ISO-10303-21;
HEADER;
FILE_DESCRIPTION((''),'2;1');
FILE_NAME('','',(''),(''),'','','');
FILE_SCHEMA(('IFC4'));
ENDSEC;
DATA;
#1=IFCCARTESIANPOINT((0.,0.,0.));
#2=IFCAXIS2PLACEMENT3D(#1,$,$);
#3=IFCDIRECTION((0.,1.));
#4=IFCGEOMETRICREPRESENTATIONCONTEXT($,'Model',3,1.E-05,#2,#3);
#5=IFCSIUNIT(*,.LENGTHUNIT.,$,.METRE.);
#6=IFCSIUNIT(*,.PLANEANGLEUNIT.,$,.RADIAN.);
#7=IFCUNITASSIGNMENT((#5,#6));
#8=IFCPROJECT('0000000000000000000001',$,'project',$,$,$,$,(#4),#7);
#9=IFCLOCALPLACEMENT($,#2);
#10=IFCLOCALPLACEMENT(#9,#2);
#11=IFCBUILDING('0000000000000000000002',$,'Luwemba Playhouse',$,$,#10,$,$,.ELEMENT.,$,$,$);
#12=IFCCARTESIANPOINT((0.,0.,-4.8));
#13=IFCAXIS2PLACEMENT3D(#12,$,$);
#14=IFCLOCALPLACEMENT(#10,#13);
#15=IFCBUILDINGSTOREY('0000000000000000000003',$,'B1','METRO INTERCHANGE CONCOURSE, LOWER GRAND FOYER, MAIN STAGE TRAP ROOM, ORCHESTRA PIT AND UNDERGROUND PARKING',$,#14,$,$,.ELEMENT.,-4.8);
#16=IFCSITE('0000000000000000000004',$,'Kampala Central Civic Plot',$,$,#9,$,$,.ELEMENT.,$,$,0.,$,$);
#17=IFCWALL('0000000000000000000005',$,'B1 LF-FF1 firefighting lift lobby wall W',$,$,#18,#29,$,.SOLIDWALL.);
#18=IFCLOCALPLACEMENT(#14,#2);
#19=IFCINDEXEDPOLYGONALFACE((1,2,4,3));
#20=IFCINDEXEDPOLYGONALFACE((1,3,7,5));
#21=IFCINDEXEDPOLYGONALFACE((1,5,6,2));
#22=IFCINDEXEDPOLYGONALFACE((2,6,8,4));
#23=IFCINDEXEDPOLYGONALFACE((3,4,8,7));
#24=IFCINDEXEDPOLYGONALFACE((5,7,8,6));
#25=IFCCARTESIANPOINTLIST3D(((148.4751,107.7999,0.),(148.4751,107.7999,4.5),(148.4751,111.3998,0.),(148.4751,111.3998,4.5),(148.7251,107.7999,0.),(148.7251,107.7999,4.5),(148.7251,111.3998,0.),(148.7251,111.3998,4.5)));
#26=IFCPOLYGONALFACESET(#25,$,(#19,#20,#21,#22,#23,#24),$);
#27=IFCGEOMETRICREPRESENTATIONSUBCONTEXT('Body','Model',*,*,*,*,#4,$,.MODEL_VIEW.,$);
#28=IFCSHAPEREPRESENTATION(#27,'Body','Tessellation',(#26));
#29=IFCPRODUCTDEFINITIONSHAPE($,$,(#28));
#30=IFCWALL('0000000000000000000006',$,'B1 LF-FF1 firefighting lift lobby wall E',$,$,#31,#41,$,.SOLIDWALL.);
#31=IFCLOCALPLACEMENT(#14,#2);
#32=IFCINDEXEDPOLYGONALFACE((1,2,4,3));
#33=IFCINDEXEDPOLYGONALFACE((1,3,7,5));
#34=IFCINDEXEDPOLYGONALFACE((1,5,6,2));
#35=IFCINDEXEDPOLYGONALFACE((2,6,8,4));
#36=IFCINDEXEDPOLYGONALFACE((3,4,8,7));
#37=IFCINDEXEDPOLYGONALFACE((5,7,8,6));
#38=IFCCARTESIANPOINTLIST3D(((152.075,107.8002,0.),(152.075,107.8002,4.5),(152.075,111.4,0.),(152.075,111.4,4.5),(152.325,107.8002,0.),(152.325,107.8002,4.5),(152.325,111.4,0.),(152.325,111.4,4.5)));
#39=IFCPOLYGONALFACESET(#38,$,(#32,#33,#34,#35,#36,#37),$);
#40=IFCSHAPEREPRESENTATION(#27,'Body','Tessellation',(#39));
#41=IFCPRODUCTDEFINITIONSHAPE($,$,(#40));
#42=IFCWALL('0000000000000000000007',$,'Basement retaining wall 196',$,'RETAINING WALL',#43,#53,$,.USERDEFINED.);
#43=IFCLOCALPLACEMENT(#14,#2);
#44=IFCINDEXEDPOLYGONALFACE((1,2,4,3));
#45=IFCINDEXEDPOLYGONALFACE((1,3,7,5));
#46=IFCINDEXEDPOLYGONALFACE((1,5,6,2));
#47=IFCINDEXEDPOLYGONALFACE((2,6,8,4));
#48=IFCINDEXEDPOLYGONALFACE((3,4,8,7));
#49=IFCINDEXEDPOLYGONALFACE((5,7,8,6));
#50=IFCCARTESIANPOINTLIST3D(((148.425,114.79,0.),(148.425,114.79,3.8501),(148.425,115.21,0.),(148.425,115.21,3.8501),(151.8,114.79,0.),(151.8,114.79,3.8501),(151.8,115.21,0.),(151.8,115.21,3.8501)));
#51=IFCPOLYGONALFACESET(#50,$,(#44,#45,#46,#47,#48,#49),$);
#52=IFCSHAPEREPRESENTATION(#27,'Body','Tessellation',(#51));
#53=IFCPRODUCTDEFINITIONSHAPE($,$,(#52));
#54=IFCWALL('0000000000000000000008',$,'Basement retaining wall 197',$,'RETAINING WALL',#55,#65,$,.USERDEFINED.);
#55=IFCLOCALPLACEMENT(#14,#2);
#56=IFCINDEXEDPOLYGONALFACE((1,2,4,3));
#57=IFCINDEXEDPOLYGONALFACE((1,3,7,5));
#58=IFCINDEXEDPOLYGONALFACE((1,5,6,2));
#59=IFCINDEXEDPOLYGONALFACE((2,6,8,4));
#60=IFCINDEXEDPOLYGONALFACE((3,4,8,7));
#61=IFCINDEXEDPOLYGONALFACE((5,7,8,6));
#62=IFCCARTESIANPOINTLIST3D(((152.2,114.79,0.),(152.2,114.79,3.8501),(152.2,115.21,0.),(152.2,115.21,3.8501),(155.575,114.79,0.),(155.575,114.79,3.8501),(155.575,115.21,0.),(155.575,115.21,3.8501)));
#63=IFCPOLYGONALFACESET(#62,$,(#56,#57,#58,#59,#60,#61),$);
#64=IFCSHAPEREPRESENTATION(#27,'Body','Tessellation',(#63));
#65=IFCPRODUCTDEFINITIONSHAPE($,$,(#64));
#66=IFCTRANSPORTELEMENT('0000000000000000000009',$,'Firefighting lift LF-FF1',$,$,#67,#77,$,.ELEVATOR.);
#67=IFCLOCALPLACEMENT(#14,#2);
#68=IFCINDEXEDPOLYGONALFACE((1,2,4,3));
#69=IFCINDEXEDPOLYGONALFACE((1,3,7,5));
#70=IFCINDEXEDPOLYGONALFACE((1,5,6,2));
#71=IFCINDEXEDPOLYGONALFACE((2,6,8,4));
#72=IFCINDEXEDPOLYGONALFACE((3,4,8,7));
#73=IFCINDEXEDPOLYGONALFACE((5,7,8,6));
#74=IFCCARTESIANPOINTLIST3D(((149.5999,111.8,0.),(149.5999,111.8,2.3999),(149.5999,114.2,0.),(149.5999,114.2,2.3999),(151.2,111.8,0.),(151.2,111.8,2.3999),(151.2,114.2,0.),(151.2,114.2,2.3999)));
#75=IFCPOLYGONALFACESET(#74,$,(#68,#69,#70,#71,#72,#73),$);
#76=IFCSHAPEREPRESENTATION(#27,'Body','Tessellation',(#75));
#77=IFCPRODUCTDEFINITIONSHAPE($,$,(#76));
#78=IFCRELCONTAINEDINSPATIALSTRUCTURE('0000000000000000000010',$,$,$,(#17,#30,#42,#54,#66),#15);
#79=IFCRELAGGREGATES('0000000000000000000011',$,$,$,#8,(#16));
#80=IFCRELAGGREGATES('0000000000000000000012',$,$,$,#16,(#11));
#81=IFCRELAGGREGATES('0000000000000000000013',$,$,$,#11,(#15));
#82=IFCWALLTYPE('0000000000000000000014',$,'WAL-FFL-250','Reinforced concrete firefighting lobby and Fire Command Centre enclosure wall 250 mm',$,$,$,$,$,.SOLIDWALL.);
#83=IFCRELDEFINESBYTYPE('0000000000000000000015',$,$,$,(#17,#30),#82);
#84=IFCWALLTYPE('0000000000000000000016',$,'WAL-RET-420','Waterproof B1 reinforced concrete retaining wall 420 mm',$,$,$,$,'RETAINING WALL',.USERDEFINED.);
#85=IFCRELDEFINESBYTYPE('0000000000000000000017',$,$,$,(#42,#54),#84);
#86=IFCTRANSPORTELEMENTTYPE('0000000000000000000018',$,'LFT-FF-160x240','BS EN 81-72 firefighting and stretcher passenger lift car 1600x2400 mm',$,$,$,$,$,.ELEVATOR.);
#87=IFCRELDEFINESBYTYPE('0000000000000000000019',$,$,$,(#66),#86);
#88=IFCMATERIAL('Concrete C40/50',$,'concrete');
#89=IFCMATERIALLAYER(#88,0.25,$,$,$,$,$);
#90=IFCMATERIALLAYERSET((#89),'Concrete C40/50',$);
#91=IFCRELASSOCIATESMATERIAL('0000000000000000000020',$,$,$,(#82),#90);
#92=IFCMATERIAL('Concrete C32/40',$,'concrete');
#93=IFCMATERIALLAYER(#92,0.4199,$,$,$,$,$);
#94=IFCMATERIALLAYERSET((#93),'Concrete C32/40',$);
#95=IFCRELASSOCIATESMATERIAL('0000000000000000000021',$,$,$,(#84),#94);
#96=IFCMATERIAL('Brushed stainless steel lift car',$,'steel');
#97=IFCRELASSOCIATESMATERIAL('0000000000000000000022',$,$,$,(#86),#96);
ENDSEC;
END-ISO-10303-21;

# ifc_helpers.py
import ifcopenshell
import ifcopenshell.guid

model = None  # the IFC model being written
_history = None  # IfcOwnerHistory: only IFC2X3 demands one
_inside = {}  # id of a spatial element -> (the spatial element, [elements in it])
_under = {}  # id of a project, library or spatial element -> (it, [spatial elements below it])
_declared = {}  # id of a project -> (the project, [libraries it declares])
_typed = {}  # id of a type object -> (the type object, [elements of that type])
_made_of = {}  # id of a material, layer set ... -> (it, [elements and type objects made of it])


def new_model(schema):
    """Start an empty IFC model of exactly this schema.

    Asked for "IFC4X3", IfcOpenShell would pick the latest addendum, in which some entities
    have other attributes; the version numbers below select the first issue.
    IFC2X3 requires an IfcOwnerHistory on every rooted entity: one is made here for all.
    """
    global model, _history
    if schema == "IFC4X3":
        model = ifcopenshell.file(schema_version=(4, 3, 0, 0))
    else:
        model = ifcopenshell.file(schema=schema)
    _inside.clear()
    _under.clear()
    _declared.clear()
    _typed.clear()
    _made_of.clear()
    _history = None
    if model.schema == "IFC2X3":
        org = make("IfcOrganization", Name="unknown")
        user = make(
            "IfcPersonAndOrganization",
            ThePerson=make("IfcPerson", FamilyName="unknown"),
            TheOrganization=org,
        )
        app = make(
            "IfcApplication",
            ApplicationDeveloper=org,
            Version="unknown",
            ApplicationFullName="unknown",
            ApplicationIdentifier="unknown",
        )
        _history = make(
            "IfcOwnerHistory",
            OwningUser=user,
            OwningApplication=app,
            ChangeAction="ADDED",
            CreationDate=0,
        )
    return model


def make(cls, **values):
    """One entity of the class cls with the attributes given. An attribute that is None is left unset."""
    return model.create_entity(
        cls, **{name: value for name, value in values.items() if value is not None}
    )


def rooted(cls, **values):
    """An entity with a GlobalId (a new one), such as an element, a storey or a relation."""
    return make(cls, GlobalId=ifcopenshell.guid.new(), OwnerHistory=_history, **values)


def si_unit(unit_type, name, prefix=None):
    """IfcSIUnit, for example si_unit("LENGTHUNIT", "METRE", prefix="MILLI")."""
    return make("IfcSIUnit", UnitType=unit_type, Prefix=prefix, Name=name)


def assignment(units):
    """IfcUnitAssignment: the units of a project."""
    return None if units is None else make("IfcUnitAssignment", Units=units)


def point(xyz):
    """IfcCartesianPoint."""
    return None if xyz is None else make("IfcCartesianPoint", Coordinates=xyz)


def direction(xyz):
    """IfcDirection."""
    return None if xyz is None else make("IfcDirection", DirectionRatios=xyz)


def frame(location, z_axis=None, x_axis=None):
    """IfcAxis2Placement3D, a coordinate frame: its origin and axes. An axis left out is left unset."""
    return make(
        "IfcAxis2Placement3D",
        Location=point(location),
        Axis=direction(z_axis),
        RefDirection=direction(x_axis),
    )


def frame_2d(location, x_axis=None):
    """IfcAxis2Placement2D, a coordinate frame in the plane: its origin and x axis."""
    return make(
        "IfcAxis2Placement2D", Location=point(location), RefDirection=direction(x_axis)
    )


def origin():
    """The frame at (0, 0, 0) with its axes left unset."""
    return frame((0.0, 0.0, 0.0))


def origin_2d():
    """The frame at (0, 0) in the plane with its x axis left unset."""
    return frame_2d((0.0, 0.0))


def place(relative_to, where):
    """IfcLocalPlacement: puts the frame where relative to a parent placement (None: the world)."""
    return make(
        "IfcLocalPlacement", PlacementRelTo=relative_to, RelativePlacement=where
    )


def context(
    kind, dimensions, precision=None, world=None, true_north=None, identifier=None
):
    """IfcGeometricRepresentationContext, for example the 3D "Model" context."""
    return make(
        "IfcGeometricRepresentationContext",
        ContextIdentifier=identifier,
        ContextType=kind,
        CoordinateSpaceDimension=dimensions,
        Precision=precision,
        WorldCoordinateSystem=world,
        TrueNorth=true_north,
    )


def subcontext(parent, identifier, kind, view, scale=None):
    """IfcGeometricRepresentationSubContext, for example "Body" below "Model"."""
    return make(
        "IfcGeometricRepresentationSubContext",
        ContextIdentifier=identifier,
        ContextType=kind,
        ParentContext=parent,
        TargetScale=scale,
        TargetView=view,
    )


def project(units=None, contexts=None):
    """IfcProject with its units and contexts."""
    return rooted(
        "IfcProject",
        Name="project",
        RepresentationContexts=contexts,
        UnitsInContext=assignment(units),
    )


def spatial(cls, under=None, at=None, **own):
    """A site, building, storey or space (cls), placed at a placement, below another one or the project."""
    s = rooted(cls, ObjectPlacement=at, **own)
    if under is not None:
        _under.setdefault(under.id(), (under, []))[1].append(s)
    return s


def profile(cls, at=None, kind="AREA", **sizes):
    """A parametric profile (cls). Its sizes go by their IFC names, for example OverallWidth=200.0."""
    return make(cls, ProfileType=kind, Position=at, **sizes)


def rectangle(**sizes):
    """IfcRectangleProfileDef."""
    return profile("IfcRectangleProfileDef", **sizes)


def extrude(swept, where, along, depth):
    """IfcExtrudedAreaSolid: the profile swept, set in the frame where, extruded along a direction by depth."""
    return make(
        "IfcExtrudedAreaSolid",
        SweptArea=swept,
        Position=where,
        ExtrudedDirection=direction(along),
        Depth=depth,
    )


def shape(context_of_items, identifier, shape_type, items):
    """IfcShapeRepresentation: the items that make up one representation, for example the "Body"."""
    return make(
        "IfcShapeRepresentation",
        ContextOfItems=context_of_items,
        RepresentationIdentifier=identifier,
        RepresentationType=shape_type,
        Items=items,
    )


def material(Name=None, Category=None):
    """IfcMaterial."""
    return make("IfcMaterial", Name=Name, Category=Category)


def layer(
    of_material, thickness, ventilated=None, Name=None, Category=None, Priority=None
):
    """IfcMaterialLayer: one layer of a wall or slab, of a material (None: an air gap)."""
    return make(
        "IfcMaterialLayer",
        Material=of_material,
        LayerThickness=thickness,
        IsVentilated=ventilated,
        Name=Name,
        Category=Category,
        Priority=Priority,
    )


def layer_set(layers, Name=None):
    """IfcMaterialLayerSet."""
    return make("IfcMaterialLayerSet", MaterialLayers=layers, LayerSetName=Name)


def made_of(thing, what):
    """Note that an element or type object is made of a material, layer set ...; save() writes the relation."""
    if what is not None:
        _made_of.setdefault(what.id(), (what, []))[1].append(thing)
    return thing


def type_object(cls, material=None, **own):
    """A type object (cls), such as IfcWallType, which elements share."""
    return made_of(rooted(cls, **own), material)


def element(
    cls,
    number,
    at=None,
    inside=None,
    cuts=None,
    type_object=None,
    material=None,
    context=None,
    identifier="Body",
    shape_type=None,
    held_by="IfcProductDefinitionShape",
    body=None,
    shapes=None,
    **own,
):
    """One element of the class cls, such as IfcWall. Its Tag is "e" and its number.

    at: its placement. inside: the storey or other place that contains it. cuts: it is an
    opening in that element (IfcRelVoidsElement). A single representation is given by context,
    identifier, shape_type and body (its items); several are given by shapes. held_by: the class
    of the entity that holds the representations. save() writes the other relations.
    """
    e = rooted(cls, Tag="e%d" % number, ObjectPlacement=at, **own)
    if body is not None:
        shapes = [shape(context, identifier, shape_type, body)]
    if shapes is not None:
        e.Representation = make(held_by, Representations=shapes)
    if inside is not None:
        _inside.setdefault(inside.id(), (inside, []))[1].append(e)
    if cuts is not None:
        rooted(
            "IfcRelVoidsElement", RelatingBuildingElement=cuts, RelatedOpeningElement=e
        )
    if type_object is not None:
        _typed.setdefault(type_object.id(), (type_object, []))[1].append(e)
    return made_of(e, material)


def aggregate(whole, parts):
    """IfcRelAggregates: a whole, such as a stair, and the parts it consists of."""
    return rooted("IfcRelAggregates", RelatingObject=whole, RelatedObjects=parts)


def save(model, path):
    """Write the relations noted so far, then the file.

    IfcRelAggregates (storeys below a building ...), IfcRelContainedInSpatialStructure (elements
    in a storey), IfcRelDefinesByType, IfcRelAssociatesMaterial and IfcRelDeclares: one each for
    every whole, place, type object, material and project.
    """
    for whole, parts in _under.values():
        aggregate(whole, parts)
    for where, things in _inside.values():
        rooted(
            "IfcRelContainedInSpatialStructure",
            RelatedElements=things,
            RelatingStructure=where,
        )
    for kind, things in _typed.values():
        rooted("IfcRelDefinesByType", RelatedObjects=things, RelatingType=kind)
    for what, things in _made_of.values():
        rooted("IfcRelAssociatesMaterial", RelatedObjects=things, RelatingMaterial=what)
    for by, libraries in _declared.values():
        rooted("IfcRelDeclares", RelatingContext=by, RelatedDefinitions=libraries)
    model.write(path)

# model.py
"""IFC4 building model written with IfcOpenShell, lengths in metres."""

from ifc_helpers import new_model, si_unit, direction, frame, frame_2d, origin, origin_2d, place, context, subcontext, project, spatial, rectangle, extrude, material, layer, layer_set, type_object, element, save


model = new_model("IFC4")

# Units and contexts
model_context = context("Model", 3, precision=1e-05, world=origin(), true_north=direction((0.0, 1.0)))
body_context = subcontext(model_context, "Body", "Model", "MODEL_VIEW")
ifc_project = project(units=[si_unit("LENGTHUNIT", "METRE"), si_unit("PLANEANGLEUNIT", "RADIAN")], contexts=[model_context])

# Site, building, storey
site_placement = place(None, origin())
site = spatial("IfcSite", under=ifc_project, at=site_placement, Name="Kampala Central Civic Plot", CompositionType="ELEMENT", RefElevation=0.0)
building_placement = place(site_placement, origin())
building = spatial("IfcBuilding", under=site, at=building_placement, Name="Luwemba Playhouse", CompositionType="ELEMENT")
storey_placement = place(building_placement, frame((0.0, 0.0, -4.8)))
storey = spatial("IfcBuildingStorey", under=building, at=storey_placement, Name="B1", Description="METRO INTERCHANGE CONCOURSE, LOWER GRAND FOYER, MAIN STAGE TRAP ROOM, ORCHESTRA PIT AND UNDERGROUND PARKING", CompositionType="ELEMENT", Elevation=-4.8)

# Shared definitions
ifc_material_1 = material(Name="Concrete C32/40", Category="concrete")

# Shared definitions
ifc_material_2 = material(Name="Concrete C40/50", Category="concrete")

# Shared definitions
ifc_layer_1 = layer(ifc_material_2, 0.25)
ifc_layer_set_1 = layer_set([ifc_layer_1], Name="Concrete C40/50")
wall_type_1 = type_object("IfcWallType", Name="WAL-FFL-250", Description="Reinforced concrete firefighting lobby and Fire Command Centre enclosure wall 250 mm", PredefinedType="SOLIDWALL", material=ifc_layer_set_1)

# Walls
for number, where, z_axis, x_axis, name in (
    (1, (148.6001, 107.8, 0.0), (0.0, 0.0, 1.0), (0.0, 1.0, 0.0), "B1 LF-FF1 firefighting lift lobby wall W"),
    (2, (152.2, 111.3999, 0.0), (0.0, 0.0, 1.0), (0.0, -1.0, 0.0), "B1 LF-FF1 firefighting lift lobby wall E"),
):
    element("IfcWall", number, at=place(storey_placement, frame(where, z_axis=z_axis, x_axis=x_axis)), inside=storey, type_object=wall_type_1, Name=name, PredefinedType="SOLIDWALL", context=body_context, shape_type="SweptSolid", body=[
        extrude(rectangle(XDim=3.5999, YDim=0.25, at=frame_2d((1.7998, 0.0))), origin(), (0.0, 0.0, 1.0), 4.5),
    ])
ifc_layer_2 = layer(ifc_material_1, 0.4199)
ifc_layer_set_2 = layer_set([ifc_layer_2], Name="Concrete C32/40")
wall_type_2 = type_object("IfcWallType", Name="WAL-RET-420", Description="Waterproof B1 reinforced concrete retaining wall 420 mm", ElementType="RETAINING WALL", PredefinedType="USERDEFINED", material=ifc_layer_set_2)
for number, where, z_axis, x_axis, name in (
    (3, (148.425, 115.0, 0.0), (0.0, 0.0, 1.0), (1.0, 0.0, 0.0), "Basement retaining wall 196"),
    (4, (152.2, 115.0, 0.0), (0.0, 0.0, 1.0), (1.0, 0.0, 0.0), "Basement retaining wall 197"),
):
    element("IfcWall", number, at=place(storey_placement, frame(where, z_axis=z_axis, x_axis=x_axis)), inside=storey, type_object=wall_type_2, Name=name, ObjectType="RETAINING WALL", PredefinedType="USERDEFINED", context=body_context, shape_type="SweptSolid", body=[
        extrude(rectangle(XDim=3.375, YDim=0.4199, at=frame_2d((1.6875, 0.0))), origin(), (0.0, 0.0, 1.0), 3.8501),
    ])

# Transport element
ifc_material_3 = material(Name="Brushed stainless steel lift car", Category="steel")
transport_element_type = type_object("IfcTransportElementType", Name="LFT-FF-160x240", Description="BS EN 81-72 firefighting and stretcher passenger lift car 1600x2400 mm", PredefinedType="ELEVATOR", material=ifc_material_3)
transport_element_placement = place(storey_placement, frame((150.3999, 113.0, 0.0), z_axis=(0.0, 0.0, 1.0), x_axis=(1.0, 0.0, 0.0)))
element("IfcTransportElement", 5, at=transport_element_placement, inside=storey, type_object=transport_element_type, Name="Firefighting lift LF-FF1", PredefinedType="ELEVATOR", context=body_context, shape_type="SweptSolid", body=[
    extrude(rectangle(XDim=1.6001, YDim=2.3999, at=origin_2d()), origin(), (0.0, 0.0, 1.0), 2.3999),
])

save(model, "model.ifc")
